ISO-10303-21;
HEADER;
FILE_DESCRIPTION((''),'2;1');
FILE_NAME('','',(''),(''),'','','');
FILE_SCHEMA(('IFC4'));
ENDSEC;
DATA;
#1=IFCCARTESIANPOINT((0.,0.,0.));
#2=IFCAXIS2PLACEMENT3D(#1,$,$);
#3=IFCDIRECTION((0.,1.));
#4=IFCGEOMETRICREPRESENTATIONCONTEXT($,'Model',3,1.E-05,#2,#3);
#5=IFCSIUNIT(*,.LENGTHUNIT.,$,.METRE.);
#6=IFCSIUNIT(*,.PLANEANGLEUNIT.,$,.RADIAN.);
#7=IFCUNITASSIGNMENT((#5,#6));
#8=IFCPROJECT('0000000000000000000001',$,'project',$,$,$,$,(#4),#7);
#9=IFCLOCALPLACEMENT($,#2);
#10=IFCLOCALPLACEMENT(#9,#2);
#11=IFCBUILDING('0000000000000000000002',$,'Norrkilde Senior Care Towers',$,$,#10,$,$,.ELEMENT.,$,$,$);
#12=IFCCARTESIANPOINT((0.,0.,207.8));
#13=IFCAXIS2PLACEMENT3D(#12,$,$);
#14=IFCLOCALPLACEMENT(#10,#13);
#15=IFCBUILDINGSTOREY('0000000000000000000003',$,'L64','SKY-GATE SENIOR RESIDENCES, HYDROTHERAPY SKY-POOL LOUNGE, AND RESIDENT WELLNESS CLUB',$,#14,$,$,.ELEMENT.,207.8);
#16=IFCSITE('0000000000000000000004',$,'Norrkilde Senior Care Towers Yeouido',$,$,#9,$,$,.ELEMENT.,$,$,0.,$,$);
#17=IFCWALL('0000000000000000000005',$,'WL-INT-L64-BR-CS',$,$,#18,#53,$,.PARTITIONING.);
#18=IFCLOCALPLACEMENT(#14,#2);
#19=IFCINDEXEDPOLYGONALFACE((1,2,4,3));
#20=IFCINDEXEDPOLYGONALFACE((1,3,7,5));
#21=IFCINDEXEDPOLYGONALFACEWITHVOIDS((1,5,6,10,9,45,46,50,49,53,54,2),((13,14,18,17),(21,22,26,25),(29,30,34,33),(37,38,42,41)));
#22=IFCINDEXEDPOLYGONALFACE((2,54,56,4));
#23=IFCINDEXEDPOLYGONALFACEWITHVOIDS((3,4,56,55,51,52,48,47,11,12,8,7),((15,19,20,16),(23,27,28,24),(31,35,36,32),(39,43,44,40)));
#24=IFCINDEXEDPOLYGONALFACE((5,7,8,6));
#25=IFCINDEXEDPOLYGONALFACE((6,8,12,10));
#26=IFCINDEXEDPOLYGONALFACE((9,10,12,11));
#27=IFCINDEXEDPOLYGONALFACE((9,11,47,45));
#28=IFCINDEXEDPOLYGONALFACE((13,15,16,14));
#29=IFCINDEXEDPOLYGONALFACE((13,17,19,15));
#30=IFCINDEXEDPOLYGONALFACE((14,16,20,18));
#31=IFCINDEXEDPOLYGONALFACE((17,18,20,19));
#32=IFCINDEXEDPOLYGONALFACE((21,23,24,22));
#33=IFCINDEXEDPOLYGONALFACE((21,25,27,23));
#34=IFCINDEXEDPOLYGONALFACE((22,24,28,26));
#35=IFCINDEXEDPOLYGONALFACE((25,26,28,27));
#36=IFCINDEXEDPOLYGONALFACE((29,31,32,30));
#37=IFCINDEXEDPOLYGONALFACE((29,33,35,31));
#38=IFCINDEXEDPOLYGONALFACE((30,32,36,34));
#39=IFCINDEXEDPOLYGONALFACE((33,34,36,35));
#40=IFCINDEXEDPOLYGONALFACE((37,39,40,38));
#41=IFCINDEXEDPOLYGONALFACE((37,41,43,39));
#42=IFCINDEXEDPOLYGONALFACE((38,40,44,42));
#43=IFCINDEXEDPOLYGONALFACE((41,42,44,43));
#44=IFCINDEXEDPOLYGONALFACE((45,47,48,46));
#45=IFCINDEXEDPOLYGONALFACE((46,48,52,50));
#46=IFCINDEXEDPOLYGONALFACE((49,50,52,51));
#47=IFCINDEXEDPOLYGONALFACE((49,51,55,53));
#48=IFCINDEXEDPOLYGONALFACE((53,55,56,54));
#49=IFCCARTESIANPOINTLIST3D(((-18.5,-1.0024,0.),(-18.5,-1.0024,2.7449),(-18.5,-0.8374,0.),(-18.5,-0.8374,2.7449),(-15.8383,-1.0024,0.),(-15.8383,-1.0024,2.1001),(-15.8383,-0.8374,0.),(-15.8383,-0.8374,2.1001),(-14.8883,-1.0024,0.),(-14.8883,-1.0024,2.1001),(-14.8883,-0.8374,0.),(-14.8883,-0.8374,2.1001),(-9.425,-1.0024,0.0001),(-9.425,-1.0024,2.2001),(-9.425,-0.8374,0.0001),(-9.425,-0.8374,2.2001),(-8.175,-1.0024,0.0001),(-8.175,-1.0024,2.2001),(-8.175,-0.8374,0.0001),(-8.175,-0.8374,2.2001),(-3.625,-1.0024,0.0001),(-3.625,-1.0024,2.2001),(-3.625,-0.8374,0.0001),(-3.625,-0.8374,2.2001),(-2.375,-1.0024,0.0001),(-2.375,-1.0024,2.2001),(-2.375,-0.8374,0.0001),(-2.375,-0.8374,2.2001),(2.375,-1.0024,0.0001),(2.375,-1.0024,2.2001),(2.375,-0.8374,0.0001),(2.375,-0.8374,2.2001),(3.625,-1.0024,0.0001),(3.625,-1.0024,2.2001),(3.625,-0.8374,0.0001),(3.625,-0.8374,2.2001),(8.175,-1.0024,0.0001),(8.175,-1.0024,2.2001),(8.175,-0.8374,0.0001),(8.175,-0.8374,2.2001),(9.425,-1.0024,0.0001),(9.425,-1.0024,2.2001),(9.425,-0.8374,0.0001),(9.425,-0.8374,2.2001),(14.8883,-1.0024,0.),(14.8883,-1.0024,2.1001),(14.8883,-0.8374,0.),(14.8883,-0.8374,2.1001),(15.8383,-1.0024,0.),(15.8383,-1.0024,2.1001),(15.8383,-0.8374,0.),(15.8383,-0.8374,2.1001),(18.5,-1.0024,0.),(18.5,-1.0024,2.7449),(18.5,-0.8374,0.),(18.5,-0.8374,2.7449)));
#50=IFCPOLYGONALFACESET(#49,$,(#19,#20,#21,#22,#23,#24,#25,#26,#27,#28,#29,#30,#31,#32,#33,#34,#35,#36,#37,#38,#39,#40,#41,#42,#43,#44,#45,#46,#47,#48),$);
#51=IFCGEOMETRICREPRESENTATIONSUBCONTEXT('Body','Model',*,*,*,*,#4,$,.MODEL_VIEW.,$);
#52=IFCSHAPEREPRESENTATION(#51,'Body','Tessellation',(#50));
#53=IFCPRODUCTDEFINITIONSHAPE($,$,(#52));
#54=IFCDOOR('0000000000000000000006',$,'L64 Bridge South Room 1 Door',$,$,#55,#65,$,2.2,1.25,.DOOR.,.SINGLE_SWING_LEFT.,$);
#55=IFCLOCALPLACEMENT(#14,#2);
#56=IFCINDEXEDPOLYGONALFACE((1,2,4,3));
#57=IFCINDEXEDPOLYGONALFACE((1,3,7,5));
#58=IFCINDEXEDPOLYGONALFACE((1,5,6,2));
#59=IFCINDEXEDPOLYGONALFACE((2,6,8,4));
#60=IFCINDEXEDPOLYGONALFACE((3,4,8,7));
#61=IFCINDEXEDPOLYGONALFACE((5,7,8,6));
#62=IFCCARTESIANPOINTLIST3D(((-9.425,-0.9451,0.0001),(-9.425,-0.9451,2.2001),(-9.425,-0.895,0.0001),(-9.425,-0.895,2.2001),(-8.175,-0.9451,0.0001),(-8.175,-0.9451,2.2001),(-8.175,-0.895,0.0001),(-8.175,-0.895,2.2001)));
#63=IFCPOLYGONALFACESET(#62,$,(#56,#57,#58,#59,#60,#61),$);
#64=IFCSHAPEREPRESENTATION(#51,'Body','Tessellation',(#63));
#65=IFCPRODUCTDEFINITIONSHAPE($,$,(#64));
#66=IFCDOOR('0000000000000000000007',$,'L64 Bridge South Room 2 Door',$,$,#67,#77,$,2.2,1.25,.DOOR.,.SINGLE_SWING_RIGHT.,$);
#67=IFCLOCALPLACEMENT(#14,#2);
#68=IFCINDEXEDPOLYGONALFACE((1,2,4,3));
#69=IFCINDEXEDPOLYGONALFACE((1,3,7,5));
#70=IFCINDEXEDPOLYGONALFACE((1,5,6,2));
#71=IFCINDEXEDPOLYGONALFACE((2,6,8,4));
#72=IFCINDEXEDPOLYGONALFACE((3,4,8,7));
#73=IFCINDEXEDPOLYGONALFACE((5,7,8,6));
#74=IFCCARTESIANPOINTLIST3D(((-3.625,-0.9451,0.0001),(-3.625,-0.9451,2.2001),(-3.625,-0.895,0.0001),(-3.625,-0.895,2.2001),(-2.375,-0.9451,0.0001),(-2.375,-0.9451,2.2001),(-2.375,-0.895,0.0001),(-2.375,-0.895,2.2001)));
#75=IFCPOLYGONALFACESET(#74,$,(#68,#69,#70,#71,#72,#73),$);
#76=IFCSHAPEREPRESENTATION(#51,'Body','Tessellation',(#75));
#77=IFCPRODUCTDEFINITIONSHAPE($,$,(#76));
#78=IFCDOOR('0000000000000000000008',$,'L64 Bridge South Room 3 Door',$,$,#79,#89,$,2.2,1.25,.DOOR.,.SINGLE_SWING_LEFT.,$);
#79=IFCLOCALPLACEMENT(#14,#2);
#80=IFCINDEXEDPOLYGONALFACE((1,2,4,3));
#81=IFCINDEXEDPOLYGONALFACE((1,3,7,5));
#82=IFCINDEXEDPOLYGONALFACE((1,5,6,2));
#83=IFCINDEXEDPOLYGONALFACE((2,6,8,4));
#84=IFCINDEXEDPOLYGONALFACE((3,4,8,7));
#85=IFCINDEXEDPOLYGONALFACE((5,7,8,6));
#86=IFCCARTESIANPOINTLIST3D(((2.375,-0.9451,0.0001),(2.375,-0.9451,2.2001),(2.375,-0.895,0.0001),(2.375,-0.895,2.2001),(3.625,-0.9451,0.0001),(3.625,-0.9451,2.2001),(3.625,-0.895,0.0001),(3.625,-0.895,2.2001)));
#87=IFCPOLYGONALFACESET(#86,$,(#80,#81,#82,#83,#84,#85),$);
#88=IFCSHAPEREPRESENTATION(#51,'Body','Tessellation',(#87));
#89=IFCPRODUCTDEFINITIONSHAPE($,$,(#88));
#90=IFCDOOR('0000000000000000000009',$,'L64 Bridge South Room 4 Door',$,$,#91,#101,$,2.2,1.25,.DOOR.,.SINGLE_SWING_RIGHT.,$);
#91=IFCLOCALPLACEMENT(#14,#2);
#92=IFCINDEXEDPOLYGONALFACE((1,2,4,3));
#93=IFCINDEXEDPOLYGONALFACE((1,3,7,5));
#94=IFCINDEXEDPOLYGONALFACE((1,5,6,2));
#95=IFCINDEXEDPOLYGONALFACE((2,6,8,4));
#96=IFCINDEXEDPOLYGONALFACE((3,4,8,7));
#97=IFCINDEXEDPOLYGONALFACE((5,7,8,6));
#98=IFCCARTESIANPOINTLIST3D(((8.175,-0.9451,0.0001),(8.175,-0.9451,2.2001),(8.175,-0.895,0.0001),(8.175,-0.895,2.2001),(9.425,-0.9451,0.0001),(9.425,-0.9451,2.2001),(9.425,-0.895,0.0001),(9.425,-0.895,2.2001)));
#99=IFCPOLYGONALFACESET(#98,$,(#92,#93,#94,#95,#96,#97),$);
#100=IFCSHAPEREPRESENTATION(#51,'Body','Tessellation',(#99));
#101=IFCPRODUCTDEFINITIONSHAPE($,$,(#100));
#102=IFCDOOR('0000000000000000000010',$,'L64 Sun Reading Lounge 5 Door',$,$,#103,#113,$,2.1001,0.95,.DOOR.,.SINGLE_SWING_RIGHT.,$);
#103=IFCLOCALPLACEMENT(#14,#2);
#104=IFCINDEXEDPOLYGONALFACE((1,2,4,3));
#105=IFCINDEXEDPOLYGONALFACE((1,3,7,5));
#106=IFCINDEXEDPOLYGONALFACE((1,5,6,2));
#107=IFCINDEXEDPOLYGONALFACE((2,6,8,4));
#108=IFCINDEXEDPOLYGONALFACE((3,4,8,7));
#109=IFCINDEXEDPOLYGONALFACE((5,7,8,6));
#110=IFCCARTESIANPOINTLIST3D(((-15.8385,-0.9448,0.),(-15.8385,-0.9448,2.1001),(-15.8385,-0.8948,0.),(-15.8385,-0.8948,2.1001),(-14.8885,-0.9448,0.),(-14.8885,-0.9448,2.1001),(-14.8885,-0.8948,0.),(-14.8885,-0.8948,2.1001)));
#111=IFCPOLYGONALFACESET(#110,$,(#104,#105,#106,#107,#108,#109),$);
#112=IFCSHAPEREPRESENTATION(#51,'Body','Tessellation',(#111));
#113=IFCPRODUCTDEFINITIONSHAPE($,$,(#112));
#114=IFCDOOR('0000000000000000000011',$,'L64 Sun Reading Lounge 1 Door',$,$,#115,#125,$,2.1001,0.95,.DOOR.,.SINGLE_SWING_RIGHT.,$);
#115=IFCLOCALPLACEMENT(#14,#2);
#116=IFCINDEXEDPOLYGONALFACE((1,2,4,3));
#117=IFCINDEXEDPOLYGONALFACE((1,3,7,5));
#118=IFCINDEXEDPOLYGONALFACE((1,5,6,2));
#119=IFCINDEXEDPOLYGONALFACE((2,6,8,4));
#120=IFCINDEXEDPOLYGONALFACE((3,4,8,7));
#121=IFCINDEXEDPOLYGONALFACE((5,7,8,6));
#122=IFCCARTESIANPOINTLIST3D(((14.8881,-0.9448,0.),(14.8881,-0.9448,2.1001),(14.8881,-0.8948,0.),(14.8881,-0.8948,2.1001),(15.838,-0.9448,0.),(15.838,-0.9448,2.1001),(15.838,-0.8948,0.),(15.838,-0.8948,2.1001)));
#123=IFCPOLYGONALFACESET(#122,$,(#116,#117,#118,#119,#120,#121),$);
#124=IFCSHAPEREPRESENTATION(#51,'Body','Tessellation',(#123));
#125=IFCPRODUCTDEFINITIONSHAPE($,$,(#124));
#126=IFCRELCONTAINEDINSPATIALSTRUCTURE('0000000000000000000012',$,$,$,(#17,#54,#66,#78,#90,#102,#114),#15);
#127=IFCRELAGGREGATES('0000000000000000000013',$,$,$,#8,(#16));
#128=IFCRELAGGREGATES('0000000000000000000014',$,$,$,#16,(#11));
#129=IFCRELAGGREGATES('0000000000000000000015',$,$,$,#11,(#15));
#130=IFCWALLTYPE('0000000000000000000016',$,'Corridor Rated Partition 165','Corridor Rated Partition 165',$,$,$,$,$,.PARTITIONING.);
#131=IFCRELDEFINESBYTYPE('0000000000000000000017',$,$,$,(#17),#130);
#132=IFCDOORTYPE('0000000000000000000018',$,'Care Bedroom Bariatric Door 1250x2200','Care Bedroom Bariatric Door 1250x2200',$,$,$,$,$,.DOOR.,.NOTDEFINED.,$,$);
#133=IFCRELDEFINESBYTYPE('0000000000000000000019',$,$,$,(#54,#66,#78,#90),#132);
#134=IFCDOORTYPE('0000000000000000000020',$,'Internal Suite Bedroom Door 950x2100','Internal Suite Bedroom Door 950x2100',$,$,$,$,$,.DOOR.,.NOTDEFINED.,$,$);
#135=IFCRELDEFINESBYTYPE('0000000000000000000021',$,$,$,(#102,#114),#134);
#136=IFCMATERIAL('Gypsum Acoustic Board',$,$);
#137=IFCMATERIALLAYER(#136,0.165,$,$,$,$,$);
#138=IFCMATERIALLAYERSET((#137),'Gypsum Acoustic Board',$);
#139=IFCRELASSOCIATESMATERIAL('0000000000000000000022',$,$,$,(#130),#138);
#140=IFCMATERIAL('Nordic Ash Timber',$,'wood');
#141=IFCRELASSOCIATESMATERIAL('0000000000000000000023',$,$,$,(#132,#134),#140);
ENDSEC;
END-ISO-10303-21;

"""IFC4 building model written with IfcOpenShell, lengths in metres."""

from ifc_helpers import new_model, si_unit, direction, frame, frame_2d, origin, place, context, subcontext, project, spatial, rectangle, extrude, source, transform, mapped, material, layer, layer_set, type_object, type_shapes, element, fill, save


model = new_model("IFC4")

# Units and contexts
model_context = context("Model", 3, precision=1e-05, world=origin(), true_north=direction((0.0, 1.0)))
body_context = subcontext(model_context, "Body", "Model", "MODEL_VIEW")
ifc_project = project(units=[si_unit("LENGTHUNIT", "METRE"), si_unit("PLANEANGLEUNIT", "RADIAN")], contexts=[model_context])

# Site, building, storey
site_placement = place(None, origin())
site = spatial("IfcSite", under=ifc_project, at=site_placement, Name="Norrkilde Senior Care Towers Yeouido", CompositionType="ELEMENT", RefElevation=0.0)
building_placement = place(site_placement, origin())
building = spatial("IfcBuilding", under=site, at=building_placement, Name="Norrkilde Senior Care Towers", CompositionType="ELEMENT")
storey_placement = place(building_placement, frame((0.0, 0.0, 207.8)))
storey = spatial("IfcBuildingStorey", under=building, at=storey_placement, Name="L64", Description="SKY-GATE SENIOR RESIDENCES, HYDROTHERAPY SKY-POOL LOUNGE, AND RESIDENT WELLNESS CLUB", CompositionType="ELEMENT", Elevation=207.8)

# Shared definitions
ifc_material_1 = material(Name="Gypsum Acoustic Board")
ifc_layer_1 = layer(ifc_material_1, 0.165)
ifc_layer_set_1 = layer_set([ifc_layer_1], Name="Gypsum Acoustic Board")
wall_type_1 = type_object("IfcWallType", Name="Corridor Rated Partition 165", Description="Corridor Rated Partition 165", PredefinedType="PARTITIONING", material=ifc_layer_set_1)

# Shared definitions
ifc_material_2 = material(Name="Nordic Ash Timber", Category="wood")
door_type_1 = type_object("IfcDoorType", Name="Care Bedroom Bariatric Door 1250x2200", Description="Care Bedroom Bariatric Door 1250x2200", OperationType="NOTDEFINED", PredefinedType="DOOR", material=ifc_material_2)
shared_shape_1 = source(origin(), body_context, "Body", "SweptSolid", [
    extrude(rectangle(XDim=1.25, YDim=2.2, at=frame_2d((0.625, 1.1001))), frame((0.0, 0.0249, 0.0), z_axis=(0.0, -1.0, 0.0), x_axis=(1.0, 0.0, 0.0)), (0.0, 0.0, 1.0), 0.05),
])
type_shapes(door_type_1, [shared_shape_1])

# Wall, openings, doors
shared_shape_2 = source(origin(), body_context, "Body", "SweptSolid", [
    extrude(rectangle(XDim=37.0, YDim=0.165, at=frame_2d((18.5, 0.0))), origin(), (0.0, 0.0, 1.0), 2.7449),
])
wall_1_placement = place(storey_placement, frame((-18.5, -0.9199, 0.0), z_axis=(0.0, 0.0, 1.0), x_axis=(1.0, 0.0, 0.0)))
wall_1 = element("IfcWall", 1, at=wall_1_placement, inside=storey, type_object=wall_type_1, Name="WL-INT-L64-BR-CS", PredefinedType="PARTITIONING", context=body_context, shape_type="MappedRepresentation", body=[
    mapped(shared_shape_2, transform((0.0, 0.0, 0.0), x_axis=(1.0, 0.0, 0.0), y_axis=(0.0, 1.0, 0.0), z_axis=(0.0, 0.0, 1.0), scale=1.0)),
])
opening_1_placement = place(wall_1_placement, frame((2.6616, 0.0, 0.0)))
opening_1 = element("IfcOpeningElement", 2, at=opening_1_placement, cuts=wall_1, PredefinedType="OPENING", context=body_context, shape_type="SweptSolid", body=[
    extrude(rectangle(XDim=0.95, YDim=2.1001, at=frame_2d((0.4751, 1.05))), frame((0.0, 0.0925, 0.0), z_axis=(0.0, -1.0, 0.0), x_axis=(1.0, 0.0, 0.0)), (0.0, 0.0, 1.0), 0.1851),
])
opening_2_placement = place(wall_1_placement, frame((33.3882, 0.0, 0.0)))
opening_2 = element("IfcOpeningElement", 3, at=opening_2_placement, cuts=wall_1, PredefinedType="OPENING", context=body_context, shape_type="SweptSolid", body=[
    extrude(rectangle(XDim=0.95, YDim=2.1001, at=frame_2d((0.4751, 1.05))), frame((0.0, 0.0925, 0.0), z_axis=(0.0, -1.0, 0.0), x_axis=(1.0, 0.0, 0.0)), (0.0, 0.0, 1.0), 0.1851),
])
opening_3_placement = place(wall_1_placement, frame((9.075, 0.0, 0.0)))
opening_3 = element("IfcOpeningElement", 4, at=opening_3_placement, cuts=wall_1, PredefinedType="OPENING", context=body_context, shape_type="SweptSolid", body=[
    extrude(rectangle(XDim=1.25, YDim=2.2, at=frame_2d((0.625, 1.1001))), frame((0.0, 0.0925, 0.0), z_axis=(0.0, -1.0, 0.0), x_axis=(1.0, 0.0, 0.0)), (0.0, 0.0, 1.0), 0.1851),
])
opening_4_placement = place(wall_1_placement, frame((14.875, 0.0, 0.0)))
opening_4 = element("IfcOpeningElement", 5, at=opening_4_placement, cuts=wall_1, PredefinedType="OPENING", context=body_context, shape_type="SweptSolid", body=[
    extrude(rectangle(XDim=1.25, YDim=2.2, at=frame_2d((0.625, 1.1001))), frame((0.0, 0.0925, 0.0), z_axis=(0.0, -1.0, 0.0), x_axis=(1.0, 0.0, 0.0)), (0.0, 0.0, 1.0), 0.1851),
])
opening_5_placement = place(wall_1_placement, frame((20.875, 0.0, 0.0)))
opening_5 = element("IfcOpeningElement", 6, at=opening_5_placement, cuts=wall_1, PredefinedType="OPENING", context=body_context, shape_type="SweptSolid", body=[
    extrude(rectangle(XDim=1.25, YDim=2.2, at=frame_2d((0.625, 1.1001))), frame((0.0, 0.0925, 0.0), z_axis=(0.0, -1.0, 0.0), x_axis=(1.0, 0.0, 0.0)), (0.0, 0.0, 1.0), 0.1851),
])
opening_6_placement = place(wall_1_placement, frame((26.675, 0.0, 0.0)))
opening_6 = element("IfcOpeningElement", 7, at=opening_6_placement, cuts=wall_1, PredefinedType="OPENING", context=body_context, shape_type="SweptSolid", body=[
    extrude(rectangle(XDim=1.25, YDim=2.2, at=frame_2d((0.625, 1.1001))), frame((0.0, 0.0925, 0.0), z_axis=(0.0, -1.0, 0.0), x_axis=(1.0, 0.0, 0.0)), (0.0, 0.0, 1.0), 0.1851),
])
door_1_placement = place(opening_3_placement, origin())
door_1 = element("IfcDoor", 8, at=door_1_placement, inside=storey, type_object=door_type_1, Name="L64 Bridge South Room 1 Door", OperationType="SINGLE_SWING_LEFT", OverallHeight=2.2, OverallWidth=1.25, PredefinedType="DOOR", context=body_context, shape_type="MappedRepresentation", body=[
    mapped(shared_shape_1, transform((0.0, 0.0, 0.0), x_axis=(1.0, 0.0, 0.0), y_axis=(0.0, 1.0, 0.0), z_axis=(0.0, 0.0, 1.0), scale=1.0)),
])
fill(opening_3, door_1)
door_2_placement = place(opening_4_placement, origin())
door_2 = element("IfcDoor", 9, at=door_2_placement, inside=storey, type_object=door_type_1, Name="L64 Bridge South Room 2 Door", OperationType="SINGLE_SWING_RIGHT", OverallHeight=2.2, OverallWidth=1.25, PredefinedType="DOOR", context=body_context, shape_type="MappedRepresentation", body=[
    mapped(shared_shape_1, transform((0.0, 0.0, 0.0), x_axis=(1.0, 0.0, 0.0), y_axis=(0.0, 1.0, 0.0), z_axis=(0.0, 0.0, 1.0), scale=1.0)),
])
fill(opening_4, door_2)
door_3_placement = place(opening_5_placement, origin())
door_3 = element("IfcDoor", 10, at=door_3_placement, inside=storey, type_object=door_type_1, Name="L64 Bridge South Room 3 Door", OperationType="SINGLE_SWING_LEFT", OverallHeight=2.2, OverallWidth=1.25, PredefinedType="DOOR", context=body_context, shape_type="MappedRepresentation", body=[
    mapped(shared_shape_1, transform((0.0, 0.0, 0.0), x_axis=(1.0, 0.0, 0.0), y_axis=(0.0, 1.0, 0.0), z_axis=(0.0, 0.0, 1.0), scale=1.0)),
])
fill(opening_5, door_3)
door_4_placement = place(opening_6_placement, origin())
door_4 = element("IfcDoor", 11, at=door_4_placement, inside=storey, type_object=door_type_1, Name="L64 Bridge South Room 4 Door", OperationType="SINGLE_SWING_RIGHT", OverallHeight=2.2, OverallWidth=1.25, PredefinedType="DOOR", context=body_context, shape_type="MappedRepresentation", body=[
    mapped(shared_shape_1, transform((0.0, 0.0, 0.0), x_axis=(1.0, 0.0, 0.0), y_axis=(0.0, 1.0, 0.0), z_axis=(0.0, 0.0, 1.0), scale=1.0)),
])
fill(opening_6, door_4)
door_type_2 = type_object("IfcDoorType", Name="Internal Suite Bedroom Door 950x2100", Description="Internal Suite Bedroom Door 950x2100", OperationType="NOTDEFINED", PredefinedType="DOOR", material=ifc_material_2)
shared_shape_3 = source(origin(), body_context, "Body", "SweptSolid", [
    extrude(rectangle(XDim=0.95, YDim=2.1001, at=frame_2d((0.4751, 1.05))), frame((0.0, 0.0249, 0.0), z_axis=(0.0, -1.0, 0.0), x_axis=(1.0, 0.0, 0.0)), (0.0, 0.0, 1.0), 0.05),
])
type_shapes(door_type_2, [shared_shape_3])
door_5_placement = place(opening_1_placement, frame((0.95, 0.0, 0.0), z_axis=(0.0, 0.0, 1.0), x_axis=(-1.0, 0.0, 0.0)))
door_5 = element("IfcDoor", 12, at=door_5_placement, inside=storey, type_object=door_type_2, Name="L64 Sun Reading Lounge 5 Door", OperationType="SINGLE_SWING_RIGHT", OverallHeight=2.1001, OverallWidth=0.95, PredefinedType="DOOR", context=body_context, shape_type="MappedRepresentation", body=[
    mapped(shared_shape_3, transform((0.0, 0.0, 0.0), x_axis=(1.0, 0.0, 0.0), y_axis=(0.0, 1.0, 0.0), z_axis=(0.0, 0.0, 1.0), scale=1.0)),
])
fill(opening_1, door_5)
door_6_placement = place(opening_2_placement, frame((0.95, 0.0, 0.0), z_axis=(0.0, 0.0, 1.0), x_axis=(-1.0, 0.0, 0.0)))
door_6 = element("IfcDoor", 13, at=door_6_placement, inside=storey, type_object=door_type_2, Name="L64 Sun Reading Lounge 1 Door", OperationType="SINGLE_SWING_RIGHT", OverallHeight=2.1001, OverallWidth=0.95, PredefinedType="DOOR", context=body_context, shape_type="MappedRepresentation", body=[
    mapped(shared_shape_3, transform((0.0, 0.0, 0.0), x_axis=(1.0, 0.0, 0.0), y_axis=(0.0, 1.0, 0.0), z_axis=(0.0, 0.0, 1.0), scale=1.0)),
])
fill(opening_2, door_6)

save(model, "model.ifc")
